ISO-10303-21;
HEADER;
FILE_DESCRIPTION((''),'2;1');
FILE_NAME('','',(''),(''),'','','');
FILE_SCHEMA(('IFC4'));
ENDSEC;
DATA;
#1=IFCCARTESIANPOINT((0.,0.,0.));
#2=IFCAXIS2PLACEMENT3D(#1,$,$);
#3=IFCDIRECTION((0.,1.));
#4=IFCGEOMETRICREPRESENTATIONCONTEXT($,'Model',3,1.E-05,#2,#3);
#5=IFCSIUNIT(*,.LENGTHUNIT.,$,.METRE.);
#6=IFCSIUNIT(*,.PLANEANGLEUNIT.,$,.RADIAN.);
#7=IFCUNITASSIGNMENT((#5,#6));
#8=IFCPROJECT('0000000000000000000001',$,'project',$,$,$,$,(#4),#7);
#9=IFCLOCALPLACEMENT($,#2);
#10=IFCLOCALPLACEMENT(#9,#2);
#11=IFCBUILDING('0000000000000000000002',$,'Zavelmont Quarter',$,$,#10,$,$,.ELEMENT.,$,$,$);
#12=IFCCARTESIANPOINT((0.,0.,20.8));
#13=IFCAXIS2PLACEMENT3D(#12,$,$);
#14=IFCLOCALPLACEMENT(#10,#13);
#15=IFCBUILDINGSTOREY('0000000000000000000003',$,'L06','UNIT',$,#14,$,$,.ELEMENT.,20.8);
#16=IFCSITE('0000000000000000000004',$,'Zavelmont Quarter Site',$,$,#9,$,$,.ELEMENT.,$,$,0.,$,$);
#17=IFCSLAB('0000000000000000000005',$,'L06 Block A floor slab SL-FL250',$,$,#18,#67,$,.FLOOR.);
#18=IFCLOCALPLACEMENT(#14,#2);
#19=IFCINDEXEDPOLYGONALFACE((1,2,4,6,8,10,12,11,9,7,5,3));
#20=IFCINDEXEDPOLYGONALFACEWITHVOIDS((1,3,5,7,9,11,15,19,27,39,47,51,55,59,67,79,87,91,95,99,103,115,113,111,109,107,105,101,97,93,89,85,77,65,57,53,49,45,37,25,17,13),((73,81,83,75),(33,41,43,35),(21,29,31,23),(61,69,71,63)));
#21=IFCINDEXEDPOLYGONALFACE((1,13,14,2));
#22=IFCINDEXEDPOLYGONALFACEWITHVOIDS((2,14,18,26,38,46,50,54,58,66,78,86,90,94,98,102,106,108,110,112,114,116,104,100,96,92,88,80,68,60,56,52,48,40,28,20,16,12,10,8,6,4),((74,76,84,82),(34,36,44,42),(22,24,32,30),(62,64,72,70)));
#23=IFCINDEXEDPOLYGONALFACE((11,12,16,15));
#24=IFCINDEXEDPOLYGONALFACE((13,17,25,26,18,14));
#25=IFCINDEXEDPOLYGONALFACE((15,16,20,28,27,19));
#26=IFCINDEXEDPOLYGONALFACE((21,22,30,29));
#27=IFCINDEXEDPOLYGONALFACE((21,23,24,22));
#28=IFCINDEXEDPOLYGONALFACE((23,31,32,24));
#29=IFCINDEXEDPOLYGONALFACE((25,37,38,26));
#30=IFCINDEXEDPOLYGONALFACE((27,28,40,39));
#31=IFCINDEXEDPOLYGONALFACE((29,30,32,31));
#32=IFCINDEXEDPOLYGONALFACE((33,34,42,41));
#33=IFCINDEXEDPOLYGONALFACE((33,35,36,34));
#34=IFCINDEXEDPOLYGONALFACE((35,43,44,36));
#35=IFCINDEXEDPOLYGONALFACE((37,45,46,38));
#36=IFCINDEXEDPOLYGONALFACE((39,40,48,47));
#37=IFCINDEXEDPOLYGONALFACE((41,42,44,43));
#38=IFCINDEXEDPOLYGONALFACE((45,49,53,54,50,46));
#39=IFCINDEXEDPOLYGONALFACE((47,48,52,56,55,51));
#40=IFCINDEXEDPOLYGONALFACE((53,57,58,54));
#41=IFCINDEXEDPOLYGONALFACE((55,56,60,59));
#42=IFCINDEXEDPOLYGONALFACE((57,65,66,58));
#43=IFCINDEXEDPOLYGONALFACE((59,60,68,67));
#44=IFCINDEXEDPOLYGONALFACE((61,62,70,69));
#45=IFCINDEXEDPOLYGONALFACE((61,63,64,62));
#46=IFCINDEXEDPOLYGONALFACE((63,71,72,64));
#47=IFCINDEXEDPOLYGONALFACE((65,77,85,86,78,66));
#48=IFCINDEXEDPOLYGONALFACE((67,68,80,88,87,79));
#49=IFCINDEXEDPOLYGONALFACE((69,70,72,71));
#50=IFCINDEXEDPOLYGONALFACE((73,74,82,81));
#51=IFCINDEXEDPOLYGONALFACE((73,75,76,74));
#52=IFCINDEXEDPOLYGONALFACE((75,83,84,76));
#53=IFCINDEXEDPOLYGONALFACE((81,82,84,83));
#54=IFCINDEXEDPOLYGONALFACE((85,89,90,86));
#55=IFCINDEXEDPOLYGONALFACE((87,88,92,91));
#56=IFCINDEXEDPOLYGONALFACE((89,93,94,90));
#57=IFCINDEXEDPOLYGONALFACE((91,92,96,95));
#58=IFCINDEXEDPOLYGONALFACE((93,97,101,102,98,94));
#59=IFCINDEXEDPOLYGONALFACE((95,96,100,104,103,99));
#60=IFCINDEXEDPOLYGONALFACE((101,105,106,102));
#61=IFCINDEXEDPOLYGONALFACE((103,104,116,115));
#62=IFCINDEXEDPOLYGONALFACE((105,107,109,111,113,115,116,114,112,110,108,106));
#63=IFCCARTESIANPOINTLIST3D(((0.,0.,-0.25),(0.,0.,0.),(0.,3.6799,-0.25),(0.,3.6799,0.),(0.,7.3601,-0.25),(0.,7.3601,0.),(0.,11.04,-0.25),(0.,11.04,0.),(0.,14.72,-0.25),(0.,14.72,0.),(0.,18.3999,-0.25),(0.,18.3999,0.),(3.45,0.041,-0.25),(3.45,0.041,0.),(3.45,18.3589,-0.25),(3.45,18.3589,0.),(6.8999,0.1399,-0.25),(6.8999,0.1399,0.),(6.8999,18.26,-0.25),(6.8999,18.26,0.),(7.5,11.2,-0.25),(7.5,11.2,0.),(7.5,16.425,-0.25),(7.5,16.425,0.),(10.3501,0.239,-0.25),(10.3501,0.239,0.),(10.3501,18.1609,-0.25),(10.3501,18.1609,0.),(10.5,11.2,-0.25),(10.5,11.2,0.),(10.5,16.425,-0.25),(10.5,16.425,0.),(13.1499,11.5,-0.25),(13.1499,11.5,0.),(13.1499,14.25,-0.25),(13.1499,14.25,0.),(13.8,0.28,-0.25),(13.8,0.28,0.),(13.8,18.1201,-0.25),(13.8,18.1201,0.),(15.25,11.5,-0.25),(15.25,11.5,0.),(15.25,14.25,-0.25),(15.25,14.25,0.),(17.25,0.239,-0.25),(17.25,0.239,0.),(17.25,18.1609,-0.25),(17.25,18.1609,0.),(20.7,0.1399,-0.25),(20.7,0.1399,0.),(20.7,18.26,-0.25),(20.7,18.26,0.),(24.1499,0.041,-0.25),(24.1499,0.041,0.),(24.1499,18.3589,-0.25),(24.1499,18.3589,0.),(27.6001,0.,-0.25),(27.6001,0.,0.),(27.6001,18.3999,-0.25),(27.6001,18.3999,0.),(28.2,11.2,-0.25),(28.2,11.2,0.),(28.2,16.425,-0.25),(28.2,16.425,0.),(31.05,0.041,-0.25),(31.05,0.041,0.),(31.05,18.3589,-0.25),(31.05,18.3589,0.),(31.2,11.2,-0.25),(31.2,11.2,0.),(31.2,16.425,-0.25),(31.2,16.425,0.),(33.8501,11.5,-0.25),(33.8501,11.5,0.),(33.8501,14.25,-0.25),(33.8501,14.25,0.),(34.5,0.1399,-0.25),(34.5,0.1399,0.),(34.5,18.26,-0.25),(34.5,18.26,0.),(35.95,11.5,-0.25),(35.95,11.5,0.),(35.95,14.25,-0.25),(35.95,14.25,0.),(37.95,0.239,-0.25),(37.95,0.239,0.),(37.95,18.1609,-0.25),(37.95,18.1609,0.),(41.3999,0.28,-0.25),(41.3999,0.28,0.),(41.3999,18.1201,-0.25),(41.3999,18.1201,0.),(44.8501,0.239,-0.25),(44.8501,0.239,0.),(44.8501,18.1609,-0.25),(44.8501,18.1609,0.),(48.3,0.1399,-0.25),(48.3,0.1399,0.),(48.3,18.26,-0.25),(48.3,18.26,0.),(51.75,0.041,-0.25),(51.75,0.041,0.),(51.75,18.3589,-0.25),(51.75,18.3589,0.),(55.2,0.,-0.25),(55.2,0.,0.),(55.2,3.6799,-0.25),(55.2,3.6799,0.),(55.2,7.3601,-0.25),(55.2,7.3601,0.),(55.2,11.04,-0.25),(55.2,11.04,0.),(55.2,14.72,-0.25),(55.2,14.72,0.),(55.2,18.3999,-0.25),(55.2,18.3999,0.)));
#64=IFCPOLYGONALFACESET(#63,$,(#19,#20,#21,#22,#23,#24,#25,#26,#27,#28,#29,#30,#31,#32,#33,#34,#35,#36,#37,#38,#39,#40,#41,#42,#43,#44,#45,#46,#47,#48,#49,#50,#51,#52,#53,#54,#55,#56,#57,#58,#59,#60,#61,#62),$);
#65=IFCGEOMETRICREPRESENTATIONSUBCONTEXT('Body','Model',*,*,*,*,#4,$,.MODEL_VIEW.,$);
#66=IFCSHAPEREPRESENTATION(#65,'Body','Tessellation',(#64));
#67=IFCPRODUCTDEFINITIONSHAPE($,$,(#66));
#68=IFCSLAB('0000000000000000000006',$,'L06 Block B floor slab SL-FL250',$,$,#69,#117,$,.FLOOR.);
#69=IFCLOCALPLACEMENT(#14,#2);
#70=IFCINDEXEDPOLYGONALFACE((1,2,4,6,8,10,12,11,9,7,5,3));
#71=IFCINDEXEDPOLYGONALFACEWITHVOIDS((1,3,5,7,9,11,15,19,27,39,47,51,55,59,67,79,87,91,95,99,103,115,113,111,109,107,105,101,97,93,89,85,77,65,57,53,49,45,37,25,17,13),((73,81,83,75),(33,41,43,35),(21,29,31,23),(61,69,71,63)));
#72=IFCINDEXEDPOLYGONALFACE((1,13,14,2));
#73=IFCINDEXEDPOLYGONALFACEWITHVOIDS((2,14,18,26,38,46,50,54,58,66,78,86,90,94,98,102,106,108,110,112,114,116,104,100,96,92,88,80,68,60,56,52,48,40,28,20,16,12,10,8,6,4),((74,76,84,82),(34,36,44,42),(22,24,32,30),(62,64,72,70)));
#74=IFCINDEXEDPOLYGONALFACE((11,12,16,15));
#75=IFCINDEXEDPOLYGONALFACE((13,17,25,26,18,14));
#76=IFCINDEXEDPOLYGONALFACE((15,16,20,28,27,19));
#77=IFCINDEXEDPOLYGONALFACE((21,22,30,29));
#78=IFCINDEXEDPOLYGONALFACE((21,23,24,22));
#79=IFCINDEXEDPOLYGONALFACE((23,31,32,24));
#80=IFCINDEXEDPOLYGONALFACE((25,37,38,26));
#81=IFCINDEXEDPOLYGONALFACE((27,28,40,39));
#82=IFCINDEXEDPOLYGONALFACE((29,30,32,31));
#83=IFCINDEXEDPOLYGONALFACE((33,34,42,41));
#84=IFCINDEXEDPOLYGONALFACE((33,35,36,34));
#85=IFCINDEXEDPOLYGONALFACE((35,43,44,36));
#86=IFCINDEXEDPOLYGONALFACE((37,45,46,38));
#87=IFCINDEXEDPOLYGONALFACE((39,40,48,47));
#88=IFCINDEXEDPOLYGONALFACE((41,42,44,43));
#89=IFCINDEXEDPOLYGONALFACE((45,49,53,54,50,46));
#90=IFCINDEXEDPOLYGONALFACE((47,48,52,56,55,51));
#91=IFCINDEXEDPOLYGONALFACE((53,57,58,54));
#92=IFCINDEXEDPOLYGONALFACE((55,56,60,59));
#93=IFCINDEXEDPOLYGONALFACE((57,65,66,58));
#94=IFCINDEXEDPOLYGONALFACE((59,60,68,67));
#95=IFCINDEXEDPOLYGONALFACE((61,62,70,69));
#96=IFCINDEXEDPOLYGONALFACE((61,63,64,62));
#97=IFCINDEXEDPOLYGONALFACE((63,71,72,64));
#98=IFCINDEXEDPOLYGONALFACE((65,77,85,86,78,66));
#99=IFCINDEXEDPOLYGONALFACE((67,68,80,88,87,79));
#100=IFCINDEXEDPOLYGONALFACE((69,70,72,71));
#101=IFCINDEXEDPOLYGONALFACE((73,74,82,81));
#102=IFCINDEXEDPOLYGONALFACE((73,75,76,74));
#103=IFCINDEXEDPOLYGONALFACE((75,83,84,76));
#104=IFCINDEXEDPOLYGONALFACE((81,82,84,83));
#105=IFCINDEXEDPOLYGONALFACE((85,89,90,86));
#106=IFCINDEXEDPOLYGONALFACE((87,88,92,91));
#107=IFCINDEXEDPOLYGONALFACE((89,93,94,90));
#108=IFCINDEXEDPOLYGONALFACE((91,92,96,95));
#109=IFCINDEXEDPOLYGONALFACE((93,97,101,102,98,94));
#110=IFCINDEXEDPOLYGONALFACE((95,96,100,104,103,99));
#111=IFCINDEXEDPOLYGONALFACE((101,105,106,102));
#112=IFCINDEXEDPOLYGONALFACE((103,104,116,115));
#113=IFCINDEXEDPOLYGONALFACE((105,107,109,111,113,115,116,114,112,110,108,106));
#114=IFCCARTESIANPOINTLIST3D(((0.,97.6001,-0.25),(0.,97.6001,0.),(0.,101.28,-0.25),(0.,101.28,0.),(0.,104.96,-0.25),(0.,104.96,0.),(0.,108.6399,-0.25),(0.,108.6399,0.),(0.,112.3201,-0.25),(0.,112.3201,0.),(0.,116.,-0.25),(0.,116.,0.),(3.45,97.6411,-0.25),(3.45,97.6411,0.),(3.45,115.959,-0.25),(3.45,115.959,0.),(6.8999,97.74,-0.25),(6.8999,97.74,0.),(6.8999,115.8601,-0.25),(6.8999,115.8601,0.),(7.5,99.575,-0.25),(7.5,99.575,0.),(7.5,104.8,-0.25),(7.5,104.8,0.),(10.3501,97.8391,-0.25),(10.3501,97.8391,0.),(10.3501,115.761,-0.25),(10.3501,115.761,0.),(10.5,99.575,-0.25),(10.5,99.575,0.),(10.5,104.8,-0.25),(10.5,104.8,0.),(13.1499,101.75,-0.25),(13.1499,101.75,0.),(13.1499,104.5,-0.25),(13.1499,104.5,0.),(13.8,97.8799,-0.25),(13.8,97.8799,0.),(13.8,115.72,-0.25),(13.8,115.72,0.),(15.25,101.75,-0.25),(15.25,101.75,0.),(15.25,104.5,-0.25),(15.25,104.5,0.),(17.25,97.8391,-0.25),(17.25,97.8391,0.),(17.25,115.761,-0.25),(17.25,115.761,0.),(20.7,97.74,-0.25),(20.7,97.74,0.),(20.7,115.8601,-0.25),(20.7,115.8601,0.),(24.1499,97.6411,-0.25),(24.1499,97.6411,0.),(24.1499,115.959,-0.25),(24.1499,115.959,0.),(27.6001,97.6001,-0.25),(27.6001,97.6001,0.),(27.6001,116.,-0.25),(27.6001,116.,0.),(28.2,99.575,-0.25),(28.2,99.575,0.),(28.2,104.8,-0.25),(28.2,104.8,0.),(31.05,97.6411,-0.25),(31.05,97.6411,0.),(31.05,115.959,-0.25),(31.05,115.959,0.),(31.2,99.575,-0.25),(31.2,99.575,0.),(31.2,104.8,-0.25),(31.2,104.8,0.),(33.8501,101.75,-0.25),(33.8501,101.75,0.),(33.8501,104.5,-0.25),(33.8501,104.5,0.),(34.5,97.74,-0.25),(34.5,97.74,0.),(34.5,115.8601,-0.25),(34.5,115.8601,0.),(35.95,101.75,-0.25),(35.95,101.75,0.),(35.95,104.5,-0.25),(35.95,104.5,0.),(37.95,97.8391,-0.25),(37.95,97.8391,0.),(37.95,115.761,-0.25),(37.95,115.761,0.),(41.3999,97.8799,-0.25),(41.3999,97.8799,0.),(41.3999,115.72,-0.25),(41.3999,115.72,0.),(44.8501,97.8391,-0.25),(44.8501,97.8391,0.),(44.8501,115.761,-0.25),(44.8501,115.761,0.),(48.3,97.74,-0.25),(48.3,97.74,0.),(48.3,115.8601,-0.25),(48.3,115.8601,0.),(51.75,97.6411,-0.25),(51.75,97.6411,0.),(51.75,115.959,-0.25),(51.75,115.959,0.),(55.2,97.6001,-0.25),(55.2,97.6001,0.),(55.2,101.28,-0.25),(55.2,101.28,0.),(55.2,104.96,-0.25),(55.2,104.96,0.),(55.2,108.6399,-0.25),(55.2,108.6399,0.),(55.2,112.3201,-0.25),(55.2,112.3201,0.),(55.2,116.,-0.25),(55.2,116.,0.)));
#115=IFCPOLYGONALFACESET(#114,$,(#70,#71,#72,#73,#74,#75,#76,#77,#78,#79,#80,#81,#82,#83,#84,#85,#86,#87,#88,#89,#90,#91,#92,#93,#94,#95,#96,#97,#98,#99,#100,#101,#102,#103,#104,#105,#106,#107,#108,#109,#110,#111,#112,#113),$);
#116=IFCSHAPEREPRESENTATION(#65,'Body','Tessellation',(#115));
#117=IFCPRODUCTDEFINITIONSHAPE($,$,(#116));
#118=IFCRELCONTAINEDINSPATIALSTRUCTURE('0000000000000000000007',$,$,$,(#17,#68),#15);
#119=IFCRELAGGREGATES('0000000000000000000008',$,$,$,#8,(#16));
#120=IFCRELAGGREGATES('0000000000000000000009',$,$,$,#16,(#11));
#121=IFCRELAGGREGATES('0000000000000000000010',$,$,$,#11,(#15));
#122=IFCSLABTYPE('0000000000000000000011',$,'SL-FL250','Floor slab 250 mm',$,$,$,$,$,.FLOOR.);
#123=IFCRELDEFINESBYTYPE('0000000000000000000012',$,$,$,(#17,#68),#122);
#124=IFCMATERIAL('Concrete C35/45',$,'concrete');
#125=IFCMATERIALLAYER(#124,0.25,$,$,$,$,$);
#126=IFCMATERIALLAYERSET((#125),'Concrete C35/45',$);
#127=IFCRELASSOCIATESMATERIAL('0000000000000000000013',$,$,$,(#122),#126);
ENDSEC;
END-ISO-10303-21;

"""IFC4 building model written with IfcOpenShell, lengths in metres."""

from ifc_helpers import new_model, si_unit, direction, frame, origin, place, context, subcontext, project, spatial, polyline, outline, extrude, material, layer, layer_set, type_object, element, save


model = new_model("IFC4")

# Units and contexts
model_context = context("Model", 3, precision=1e-05, world=origin(), true_north=direction((0.0, 1.0)))
body_context = subcontext(model_context, "Body", "Model", "MODEL_VIEW")
ifc_project = project(units=[si_unit("LENGTHUNIT", "METRE"), si_unit("PLANEANGLEUNIT", "RADIAN")], contexts=[model_context])

# Site, building, storey
site_placement = place(None, origin())
site = spatial("IfcSite", under=ifc_project, at=site_placement, Name="Zavelmont Quarter Site", CompositionType="ELEMENT", RefElevation=0.0)
building_placement = place(site_placement, origin())
building = spatial("IfcBuilding", under=site, at=building_placement, Name="Zavelmont Quarter", CompositionType="ELEMENT")
storey_placement = place(building_placement, frame((0.0, 0.0, 20.8)))
storey = spatial("IfcBuildingStorey", under=building, at=storey_placement, Name="L06", Description="UNIT", CompositionType="ELEMENT", Elevation=20.8)

# Shared definitions
ifc_material_1 = material(Name="Concrete C35/45", Category="concrete")

# Slabs
ifc_layer_1 = layer(ifc_material_1, 0.25)
ifc_layer_set_1 = layer_set([ifc_layer_1], Name="Concrete C35/45")
slab_type_1 = type_object("IfcSlabType", Name="SL-FL250", Description="Floor slab 250 mm", PredefinedType="FLOOR", material=ifc_layer_set_1)
slab_1_placement = place(storey_placement, frame((0.0, 0.0, -0.25)))
element("IfcSlab", 1, at=slab_1_placement, inside=storey, type_object=slab_type_1, Name="L06 Block A floor slab SL-FL250", PredefinedType="FLOOR", context=body_context, shape_type="SweptSolid", body=[
    extrude(outline(polyline([(0.0, 0.0), (3.45, 0.041), (6.8999, 0.1399), (10.3501, 0.239), (13.8, 0.28), (17.25, 0.239), (20.7, 0.1399), (24.1499, 0.041), (27.6001, 0.0), (31.05, 0.041), (34.5, 0.1399), (37.95, 0.239), (41.3999, 0.28), (44.8501, 0.239), (48.3, 0.1399), (51.75, 0.041), (55.2, 0.0), (55.2, 3.6799), (55.2, 7.3601), (55.2, 11.04), (55.2, 14.72), (55.2, 18.3999), (51.75, 18.3589), (48.3, 18.26), (44.8501, 18.1609), (41.3999, 18.1201), (37.95, 18.1609), (34.5, 18.26), (31.05, 18.3589), (27.6001, 18.3999), (24.1499, 18.3589), (20.7, 18.26), (17.25, 18.1609), (13.8, 18.1201), (10.3501, 18.1609), (6.8999, 18.26), (3.45, 18.3589), (0.0, 18.3999), (0.0, 14.72), (0.0, 11.04), (0.0, 7.3601), (0.0, 3.6799), (0.0, 0.0)]), holes=[polyline([(7.5, 16.425), (7.5, 11.2), (10.5, 11.2), (10.5, 16.425), (7.5, 16.425)]), polyline([(13.1499, 11.5), (15.25, 11.5), (15.25, 14.25), (13.1499, 14.25), (13.1499, 11.5)]), polyline([(28.2, 16.425), (28.2, 11.2), (31.2, 11.2), (31.2, 16.425), (28.2, 16.425)]), polyline([(33.8501, 11.5), (35.95, 11.5), (35.95, 14.25), (33.8501, 14.25), (33.8501, 11.5)])]), origin(), (0.0, 0.0, 1.0), 0.25),
])
slab_2_placement = place(storey_placement, frame((0.0, 0.0, -0.25)))
element("IfcSlab", 2, at=slab_2_placement, inside=storey, type_object=slab_type_1, Name="L06 Block B floor slab SL-FL250", PredefinedType="FLOOR", context=body_context, shape_type="SweptSolid", body=[
    extrude(outline(polyline([(0.0, 97.6001), (3.45, 97.6411), (6.8999, 97.74), (10.3501, 97.8391), (13.8, 97.8799), (17.25, 97.8391), (20.7, 97.74), (24.1499, 97.6411), (27.6001, 97.6001), (31.05, 97.6411), (34.5, 97.74), (37.95, 97.8391), (41.3999, 97.8799), (44.8501, 97.8391), (48.3, 97.74), (51.75, 97.6411), (55.2, 97.6001), (55.2, 101.28), (55.2, 104.96), (55.2, 108.6399), (55.2, 112.3201), (55.2, 116.0), (51.75, 115.959), (48.3, 115.8601), (44.8501, 115.761), (41.3999, 115.72), (37.95, 115.761), (34.5, 115.8601), (31.05, 115.959), (27.6001, 116.0), (24.1499, 115.959), (20.7, 115.8601), (17.25, 115.761), (13.8, 115.72), (10.3501, 115.761), (6.8999, 115.8601), (3.45, 115.959), (0.0, 116.0), (0.0, 112.3201), (0.0, 108.6399), (0.0, 104.96), (0.0, 101.28), (0.0, 97.6001)]), holes=[polyline([(10.5, 99.575), (10.5, 104.8), (7.5, 104.8), (7.5, 99.575), (10.5, 99.575)]), polyline([(13.1499, 101.75), (15.25, 101.75), (15.25, 104.5), (13.1499, 104.5), (13.1499, 101.75)]), polyline([(31.2, 99.575), (31.2, 104.8), (28.2, 104.8), (28.2, 99.575), (31.2, 99.575)]), polyline([(33.8501, 101.75), (35.95, 101.75), (35.95, 104.5), (33.8501, 104.5), (33.8501, 101.75)])]), origin(), (0.0, 0.0, 1.0), 0.25),
])

save(model, "model.ifc")
